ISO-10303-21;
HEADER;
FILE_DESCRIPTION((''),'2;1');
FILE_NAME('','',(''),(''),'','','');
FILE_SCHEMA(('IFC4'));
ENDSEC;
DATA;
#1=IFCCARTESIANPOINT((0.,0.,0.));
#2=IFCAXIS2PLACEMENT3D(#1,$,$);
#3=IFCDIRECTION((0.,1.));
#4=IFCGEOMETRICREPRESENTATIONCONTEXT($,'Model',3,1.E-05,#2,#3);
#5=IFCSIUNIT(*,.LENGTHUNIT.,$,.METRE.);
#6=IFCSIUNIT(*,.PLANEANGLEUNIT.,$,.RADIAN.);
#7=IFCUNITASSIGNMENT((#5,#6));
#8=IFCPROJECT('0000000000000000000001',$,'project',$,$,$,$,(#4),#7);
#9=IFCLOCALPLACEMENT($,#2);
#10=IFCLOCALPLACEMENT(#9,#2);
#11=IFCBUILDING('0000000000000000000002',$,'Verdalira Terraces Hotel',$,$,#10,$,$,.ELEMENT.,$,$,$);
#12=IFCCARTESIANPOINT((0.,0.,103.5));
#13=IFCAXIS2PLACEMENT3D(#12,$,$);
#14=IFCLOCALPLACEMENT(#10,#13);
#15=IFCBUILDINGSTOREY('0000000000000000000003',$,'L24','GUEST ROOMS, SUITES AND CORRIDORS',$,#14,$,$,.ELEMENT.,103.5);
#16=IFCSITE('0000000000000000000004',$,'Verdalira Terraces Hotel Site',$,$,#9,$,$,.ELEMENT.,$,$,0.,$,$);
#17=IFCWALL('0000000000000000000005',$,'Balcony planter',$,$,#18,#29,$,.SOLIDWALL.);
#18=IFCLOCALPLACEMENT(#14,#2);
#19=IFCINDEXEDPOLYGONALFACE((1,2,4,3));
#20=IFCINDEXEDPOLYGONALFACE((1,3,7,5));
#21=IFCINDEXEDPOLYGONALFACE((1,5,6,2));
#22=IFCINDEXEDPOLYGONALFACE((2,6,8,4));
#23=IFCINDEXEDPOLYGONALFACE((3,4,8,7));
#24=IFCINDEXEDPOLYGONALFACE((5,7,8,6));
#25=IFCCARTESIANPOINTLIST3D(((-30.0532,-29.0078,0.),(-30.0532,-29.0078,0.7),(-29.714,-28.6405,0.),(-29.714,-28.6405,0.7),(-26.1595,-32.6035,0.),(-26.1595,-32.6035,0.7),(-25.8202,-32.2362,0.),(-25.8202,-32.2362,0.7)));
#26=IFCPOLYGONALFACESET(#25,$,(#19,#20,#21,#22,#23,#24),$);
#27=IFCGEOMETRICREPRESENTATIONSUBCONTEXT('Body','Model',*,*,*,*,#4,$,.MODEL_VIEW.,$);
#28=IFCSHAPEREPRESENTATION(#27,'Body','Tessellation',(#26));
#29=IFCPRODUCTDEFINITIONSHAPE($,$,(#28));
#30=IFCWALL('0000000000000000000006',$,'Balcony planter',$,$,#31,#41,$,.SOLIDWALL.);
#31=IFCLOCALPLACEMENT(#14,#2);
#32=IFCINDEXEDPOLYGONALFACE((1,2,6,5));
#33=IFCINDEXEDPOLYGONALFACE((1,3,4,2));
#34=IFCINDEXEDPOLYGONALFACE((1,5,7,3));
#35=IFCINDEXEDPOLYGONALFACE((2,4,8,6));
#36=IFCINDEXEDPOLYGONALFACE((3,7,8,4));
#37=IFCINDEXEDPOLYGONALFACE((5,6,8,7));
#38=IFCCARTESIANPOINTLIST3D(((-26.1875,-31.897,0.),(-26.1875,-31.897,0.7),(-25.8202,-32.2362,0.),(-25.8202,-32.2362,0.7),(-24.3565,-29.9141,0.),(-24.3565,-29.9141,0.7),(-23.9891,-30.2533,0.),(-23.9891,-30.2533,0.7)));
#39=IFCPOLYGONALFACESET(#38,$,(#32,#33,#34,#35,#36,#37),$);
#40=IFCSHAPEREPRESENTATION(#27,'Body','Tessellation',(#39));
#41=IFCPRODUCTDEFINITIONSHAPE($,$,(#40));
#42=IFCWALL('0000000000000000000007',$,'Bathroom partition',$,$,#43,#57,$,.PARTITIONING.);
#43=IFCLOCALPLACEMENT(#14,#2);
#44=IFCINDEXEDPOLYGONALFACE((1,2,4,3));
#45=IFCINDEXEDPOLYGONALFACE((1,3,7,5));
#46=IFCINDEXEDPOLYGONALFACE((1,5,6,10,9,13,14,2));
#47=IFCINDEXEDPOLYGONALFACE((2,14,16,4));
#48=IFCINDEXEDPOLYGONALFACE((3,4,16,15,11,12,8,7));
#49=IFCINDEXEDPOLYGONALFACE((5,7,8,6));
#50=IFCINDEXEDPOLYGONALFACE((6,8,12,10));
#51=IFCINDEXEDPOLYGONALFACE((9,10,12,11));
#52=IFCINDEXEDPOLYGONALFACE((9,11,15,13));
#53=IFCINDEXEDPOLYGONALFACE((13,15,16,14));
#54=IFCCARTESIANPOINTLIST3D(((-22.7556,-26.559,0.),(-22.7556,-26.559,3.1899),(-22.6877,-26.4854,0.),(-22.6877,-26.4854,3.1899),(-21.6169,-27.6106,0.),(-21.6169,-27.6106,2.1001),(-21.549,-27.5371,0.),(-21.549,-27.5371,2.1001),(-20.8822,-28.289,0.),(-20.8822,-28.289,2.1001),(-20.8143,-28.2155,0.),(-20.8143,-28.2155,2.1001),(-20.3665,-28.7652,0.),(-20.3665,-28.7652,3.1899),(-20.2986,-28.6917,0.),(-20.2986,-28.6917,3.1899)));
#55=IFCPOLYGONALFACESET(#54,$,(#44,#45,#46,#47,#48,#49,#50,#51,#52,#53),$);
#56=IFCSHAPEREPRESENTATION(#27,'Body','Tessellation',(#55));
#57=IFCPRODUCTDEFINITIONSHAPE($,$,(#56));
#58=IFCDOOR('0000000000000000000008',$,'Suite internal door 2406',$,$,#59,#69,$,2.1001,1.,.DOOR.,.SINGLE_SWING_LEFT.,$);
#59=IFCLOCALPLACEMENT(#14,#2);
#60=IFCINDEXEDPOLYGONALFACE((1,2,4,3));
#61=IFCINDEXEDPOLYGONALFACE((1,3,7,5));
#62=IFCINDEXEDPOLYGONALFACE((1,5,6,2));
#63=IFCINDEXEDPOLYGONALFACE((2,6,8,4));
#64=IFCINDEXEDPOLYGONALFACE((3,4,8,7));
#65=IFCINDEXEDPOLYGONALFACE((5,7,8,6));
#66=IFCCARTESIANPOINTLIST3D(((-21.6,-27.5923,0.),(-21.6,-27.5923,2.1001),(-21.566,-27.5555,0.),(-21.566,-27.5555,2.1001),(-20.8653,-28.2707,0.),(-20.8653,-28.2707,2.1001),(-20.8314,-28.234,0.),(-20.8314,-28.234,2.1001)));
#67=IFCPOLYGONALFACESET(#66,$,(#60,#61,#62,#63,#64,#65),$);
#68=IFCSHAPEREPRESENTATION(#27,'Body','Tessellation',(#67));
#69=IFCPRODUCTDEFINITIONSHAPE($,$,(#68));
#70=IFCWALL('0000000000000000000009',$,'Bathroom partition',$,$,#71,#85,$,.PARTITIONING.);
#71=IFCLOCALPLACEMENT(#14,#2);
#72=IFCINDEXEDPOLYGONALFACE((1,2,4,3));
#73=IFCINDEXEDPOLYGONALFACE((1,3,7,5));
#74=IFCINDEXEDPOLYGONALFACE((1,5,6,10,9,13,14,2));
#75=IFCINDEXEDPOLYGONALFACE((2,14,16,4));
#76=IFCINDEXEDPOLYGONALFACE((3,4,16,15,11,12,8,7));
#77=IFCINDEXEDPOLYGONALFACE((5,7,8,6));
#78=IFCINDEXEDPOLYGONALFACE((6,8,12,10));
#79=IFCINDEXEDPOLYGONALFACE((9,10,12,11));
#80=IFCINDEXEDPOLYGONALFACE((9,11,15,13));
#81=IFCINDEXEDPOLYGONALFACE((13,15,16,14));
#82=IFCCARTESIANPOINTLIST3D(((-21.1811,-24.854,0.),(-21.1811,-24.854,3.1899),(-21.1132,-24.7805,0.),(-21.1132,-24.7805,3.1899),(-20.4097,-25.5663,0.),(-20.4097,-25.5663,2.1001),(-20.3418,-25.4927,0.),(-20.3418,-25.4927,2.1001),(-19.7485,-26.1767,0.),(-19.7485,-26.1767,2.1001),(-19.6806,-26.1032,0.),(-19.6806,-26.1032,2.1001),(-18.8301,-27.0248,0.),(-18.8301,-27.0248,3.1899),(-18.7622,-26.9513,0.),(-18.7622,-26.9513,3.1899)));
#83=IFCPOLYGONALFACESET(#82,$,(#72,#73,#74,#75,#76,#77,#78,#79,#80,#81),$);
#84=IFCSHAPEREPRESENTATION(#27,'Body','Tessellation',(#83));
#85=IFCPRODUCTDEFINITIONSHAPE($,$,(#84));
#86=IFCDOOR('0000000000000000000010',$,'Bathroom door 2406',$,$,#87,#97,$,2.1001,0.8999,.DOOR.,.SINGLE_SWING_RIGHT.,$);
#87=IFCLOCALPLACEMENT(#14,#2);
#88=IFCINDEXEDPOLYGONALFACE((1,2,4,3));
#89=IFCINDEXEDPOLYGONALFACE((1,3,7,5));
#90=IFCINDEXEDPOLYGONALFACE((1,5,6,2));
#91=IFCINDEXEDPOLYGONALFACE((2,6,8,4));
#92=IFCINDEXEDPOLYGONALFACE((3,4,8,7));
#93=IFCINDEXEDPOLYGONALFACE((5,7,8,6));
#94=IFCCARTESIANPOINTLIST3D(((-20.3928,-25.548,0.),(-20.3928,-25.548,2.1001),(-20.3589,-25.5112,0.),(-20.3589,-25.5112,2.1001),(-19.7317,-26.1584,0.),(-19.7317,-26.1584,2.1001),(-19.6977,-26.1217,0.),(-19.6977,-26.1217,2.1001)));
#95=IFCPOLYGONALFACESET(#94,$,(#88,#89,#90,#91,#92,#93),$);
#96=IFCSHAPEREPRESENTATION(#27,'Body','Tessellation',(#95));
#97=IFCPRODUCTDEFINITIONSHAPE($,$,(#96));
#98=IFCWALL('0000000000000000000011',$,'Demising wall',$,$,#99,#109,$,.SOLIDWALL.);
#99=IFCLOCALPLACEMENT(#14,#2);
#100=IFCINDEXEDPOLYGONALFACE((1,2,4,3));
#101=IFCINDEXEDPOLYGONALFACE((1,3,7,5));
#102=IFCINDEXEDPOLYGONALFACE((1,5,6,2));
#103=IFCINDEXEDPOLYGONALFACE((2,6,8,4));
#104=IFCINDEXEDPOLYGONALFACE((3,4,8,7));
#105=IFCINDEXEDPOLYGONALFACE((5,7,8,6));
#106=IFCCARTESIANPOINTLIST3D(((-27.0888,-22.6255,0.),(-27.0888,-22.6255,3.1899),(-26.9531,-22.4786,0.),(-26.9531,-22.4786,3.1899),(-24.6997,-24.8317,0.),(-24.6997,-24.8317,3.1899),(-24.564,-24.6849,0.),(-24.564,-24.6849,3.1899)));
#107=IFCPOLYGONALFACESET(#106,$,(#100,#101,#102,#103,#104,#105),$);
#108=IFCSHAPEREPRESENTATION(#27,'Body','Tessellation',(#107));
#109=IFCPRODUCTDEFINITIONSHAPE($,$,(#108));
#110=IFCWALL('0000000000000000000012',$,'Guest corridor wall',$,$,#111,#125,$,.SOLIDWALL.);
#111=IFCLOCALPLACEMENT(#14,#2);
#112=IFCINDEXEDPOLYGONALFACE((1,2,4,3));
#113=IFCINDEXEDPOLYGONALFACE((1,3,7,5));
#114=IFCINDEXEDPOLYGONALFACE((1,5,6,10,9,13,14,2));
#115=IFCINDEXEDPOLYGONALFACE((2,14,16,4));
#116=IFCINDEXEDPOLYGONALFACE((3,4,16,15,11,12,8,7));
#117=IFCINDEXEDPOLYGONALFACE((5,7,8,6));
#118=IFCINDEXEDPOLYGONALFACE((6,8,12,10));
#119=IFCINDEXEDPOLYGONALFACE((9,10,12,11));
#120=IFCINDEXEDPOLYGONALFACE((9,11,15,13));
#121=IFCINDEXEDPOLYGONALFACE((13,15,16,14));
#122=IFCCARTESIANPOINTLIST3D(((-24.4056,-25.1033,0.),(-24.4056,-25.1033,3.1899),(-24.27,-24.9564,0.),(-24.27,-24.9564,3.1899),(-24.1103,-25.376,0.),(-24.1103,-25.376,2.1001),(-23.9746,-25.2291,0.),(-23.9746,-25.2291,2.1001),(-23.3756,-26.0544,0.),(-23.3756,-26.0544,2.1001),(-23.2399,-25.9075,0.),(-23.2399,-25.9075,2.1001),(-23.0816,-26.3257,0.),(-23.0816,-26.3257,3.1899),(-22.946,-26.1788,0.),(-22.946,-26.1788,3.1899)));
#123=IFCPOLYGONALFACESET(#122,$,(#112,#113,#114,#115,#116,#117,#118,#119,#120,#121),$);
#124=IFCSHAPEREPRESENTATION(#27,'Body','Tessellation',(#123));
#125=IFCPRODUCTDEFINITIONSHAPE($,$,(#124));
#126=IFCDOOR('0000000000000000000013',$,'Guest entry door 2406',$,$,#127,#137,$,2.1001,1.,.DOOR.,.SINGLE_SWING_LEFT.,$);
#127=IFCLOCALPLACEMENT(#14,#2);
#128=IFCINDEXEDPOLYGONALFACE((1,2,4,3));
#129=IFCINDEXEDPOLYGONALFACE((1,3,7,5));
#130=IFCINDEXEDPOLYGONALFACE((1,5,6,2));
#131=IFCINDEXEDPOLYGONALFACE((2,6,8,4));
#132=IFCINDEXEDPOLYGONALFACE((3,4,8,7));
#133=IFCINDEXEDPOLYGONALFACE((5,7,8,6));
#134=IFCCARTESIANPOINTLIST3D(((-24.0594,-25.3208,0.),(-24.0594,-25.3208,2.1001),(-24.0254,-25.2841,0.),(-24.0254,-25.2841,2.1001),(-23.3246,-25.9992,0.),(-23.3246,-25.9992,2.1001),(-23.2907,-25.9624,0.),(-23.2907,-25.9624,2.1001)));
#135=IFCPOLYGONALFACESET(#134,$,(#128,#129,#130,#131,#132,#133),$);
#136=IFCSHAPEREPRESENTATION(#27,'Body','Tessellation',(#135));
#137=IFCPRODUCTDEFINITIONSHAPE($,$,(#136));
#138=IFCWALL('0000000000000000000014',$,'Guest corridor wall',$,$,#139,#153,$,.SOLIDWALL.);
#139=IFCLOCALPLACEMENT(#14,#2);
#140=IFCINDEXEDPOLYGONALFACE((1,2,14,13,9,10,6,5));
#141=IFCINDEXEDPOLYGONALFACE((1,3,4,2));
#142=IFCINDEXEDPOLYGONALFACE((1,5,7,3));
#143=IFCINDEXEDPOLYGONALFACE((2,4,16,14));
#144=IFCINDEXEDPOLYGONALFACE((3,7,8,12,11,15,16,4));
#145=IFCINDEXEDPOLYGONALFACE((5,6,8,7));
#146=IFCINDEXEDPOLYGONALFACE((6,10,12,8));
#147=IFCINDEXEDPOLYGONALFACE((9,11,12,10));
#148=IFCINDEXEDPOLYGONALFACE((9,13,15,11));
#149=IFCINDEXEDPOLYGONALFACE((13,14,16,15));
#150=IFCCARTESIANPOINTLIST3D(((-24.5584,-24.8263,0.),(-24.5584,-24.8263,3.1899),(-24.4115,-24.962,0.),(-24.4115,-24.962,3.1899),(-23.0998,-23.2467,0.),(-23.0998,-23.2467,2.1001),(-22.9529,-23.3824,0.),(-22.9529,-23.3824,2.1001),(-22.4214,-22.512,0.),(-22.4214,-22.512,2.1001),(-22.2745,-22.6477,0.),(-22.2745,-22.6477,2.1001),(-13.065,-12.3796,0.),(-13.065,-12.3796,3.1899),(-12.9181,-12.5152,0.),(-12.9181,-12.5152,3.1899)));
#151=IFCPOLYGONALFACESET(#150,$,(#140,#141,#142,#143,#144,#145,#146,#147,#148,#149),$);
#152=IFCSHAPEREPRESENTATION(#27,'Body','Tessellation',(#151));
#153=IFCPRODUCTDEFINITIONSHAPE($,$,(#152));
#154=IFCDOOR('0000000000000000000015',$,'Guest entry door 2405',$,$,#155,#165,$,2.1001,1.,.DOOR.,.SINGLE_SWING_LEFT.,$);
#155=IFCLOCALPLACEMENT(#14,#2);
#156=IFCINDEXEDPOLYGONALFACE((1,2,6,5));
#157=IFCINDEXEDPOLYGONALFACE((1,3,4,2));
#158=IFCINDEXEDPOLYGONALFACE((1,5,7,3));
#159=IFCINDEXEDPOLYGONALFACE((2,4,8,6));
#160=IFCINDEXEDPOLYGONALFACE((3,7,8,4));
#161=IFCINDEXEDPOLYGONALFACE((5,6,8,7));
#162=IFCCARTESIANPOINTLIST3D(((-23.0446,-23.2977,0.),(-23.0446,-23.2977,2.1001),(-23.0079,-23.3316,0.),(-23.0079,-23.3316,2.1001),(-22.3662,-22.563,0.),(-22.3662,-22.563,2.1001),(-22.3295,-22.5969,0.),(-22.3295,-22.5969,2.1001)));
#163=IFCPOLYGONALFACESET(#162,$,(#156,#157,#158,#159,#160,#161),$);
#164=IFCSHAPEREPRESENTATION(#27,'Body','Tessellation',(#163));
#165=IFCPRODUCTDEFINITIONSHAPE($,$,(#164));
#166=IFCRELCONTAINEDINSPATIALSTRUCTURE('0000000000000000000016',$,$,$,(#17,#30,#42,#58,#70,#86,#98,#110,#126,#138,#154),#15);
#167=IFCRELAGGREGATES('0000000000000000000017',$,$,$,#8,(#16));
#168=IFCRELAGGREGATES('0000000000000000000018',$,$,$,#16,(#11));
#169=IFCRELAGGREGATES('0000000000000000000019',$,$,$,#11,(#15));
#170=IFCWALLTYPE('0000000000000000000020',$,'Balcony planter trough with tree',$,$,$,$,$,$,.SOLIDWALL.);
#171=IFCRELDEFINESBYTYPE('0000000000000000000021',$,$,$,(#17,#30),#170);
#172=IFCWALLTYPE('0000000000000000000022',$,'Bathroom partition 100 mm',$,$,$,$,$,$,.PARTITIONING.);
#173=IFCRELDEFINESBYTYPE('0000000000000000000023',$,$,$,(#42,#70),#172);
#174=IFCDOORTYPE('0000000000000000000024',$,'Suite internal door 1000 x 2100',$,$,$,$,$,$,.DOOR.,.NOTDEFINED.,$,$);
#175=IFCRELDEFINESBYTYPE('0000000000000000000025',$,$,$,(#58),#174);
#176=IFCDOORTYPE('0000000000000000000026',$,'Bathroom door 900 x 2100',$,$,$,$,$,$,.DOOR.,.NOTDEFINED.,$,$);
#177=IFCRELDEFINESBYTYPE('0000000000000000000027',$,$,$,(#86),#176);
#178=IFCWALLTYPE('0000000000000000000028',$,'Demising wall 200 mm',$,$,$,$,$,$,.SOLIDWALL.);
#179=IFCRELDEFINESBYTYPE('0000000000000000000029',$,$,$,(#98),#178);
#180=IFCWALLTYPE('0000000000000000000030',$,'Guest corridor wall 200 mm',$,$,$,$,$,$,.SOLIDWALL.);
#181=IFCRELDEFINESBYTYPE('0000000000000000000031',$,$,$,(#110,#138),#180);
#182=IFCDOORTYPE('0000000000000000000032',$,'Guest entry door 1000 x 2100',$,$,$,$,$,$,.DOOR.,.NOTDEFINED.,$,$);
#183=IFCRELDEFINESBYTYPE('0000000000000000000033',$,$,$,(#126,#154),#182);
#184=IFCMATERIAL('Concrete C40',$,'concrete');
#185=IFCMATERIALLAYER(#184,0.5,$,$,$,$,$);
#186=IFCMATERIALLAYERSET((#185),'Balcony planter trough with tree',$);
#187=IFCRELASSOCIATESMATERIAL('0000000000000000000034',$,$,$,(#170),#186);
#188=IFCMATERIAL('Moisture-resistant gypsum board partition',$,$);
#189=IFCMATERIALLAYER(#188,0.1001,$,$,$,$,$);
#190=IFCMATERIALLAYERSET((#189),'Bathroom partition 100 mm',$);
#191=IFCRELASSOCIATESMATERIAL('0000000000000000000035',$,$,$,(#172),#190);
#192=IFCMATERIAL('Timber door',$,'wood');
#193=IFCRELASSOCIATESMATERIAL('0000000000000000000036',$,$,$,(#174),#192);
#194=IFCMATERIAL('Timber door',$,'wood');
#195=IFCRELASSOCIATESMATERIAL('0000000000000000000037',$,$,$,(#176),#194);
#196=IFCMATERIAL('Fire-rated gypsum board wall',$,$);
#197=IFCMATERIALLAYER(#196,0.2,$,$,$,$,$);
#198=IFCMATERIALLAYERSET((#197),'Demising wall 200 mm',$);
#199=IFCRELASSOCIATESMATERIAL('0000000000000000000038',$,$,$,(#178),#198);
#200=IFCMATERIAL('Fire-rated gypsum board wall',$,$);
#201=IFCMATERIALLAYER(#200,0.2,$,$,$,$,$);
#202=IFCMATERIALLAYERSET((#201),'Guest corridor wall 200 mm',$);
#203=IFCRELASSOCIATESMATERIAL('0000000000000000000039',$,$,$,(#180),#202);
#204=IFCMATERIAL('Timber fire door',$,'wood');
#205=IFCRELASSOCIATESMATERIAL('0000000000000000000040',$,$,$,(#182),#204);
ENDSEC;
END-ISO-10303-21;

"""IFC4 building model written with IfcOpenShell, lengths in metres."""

from ifc_helpers import new_model, si_unit, direction, frame, frame_2d, origin, place, context, subcontext, project, spatial, rectangle, extrude, material, layer, layer_set, type_object, element, fill, save


model = new_model("IFC4")

# Units and contexts
model_context = context("Model", 3, precision=1e-05, world=origin(), true_north=direction((0.0, 1.0)))
body_context = subcontext(model_context, "Body", "Model", "MODEL_VIEW")
ifc_project = project(units=[si_unit("LENGTHUNIT", "METRE"), si_unit("PLANEANGLEUNIT", "RADIAN")], contexts=[model_context])

# Site, building, storey
site_placement = place(None, origin())
site = spatial("IfcSite", under=ifc_project, at=site_placement, Name="Verdalira Terraces Hotel Site", CompositionType="ELEMENT", RefElevation=0.0)
building_placement = place(site_placement, origin())
building = spatial("IfcBuilding", under=site, at=building_placement, Name="Verdalira Terraces Hotel", CompositionType="ELEMENT")
storey_placement = place(building_placement, frame((0.0, 0.0, 103.5)))
storey = spatial("IfcBuildingStorey", under=building, at=storey_placement, Name="L24", Description="GUEST ROOMS, SUITES AND CORRIDORS", CompositionType="ELEMENT", Elevation=103.5)

# Walls
ifc_material_1 = material(Name="Concrete C40", Category="concrete")
ifc_layer_1 = layer(ifc_material_1, 0.5)
ifc_layer_set_1 = layer_set([ifc_layer_1], Name="Balcony planter trough with tree")
wall_type_1 = type_object("IfcWallType", Name="Balcony planter trough with tree", PredefinedType="SOLIDWALL", material=ifc_layer_set_1)
wall_1_placement = place(storey_placement, frame((-29.8835, -28.8242, 0.0), z_axis=(0.0, 0.0, 1.0), x_axis=(0.734669, -0.678425, 0.0)))
element("IfcWall", 1, at=wall_1_placement, inside=storey, type_object=wall_type_1, Name="Balcony planter", PredefinedType="SOLIDWALL", context=body_context, shape_type="SweptSolid", body=[
    extrude(rectangle(XDim=5.3, YDim=0.5, at=frame_2d((2.6499, 0.0))), origin(), (0.0, 0.0, 1.0), 0.7),
])
wall_2_placement = place(storey_placement, frame((-26.0039, -32.0667, 0.0), z_axis=(0.0, 0.0, 1.0), x_axis=(0.678415, 0.734679, 0.0)))
element("IfcWall", 2, at=wall_2_placement, inside=storey, type_object=wall_type_1, Name="Balcony planter", PredefinedType="SOLIDWALL", context=body_context, shape_type="SweptSolid", body=[
    extrude(rectangle(XDim=2.699, YDim=0.5, at=frame_2d((1.3496, 0.0))), origin(), (0.0, 0.0, 1.0), 0.7),
])

# Walls, openings, doors
ifc_material_2 = material(Name="Moisture-resistant gypsum board partition")
ifc_layer_2 = layer(ifc_material_2, 0.1001)
ifc_layer_set_2 = layer_set([ifc_layer_2], Name="Bathroom partition 100 mm")
wall_type_2 = type_object("IfcWallType", Name="Bathroom partition 100 mm", PredefinedType="PARTITIONING", material=ifc_layer_set_2)
wall_3_placement = place(storey_placement, frame((-22.7217, -26.5222, 0.0), z_axis=(0.0, 0.0, 1.0), x_axis=(0.734662, -0.678433, 0.0)))
wall_3 = element("IfcWall", 3, at=wall_3_placement, inside=storey, type_object=wall_type_2, Name="Bathroom partition", PredefinedType="PARTITIONING", context=body_context, shape_type="SweptSolid", body=[
    extrude(rectangle(XDim=3.252, YDim=0.1001, at=frame_2d((1.626, 0.0))), origin(), (0.0, 0.0, 1.0), 3.1899),
])
opening_1_placement = place(wall_3_placement, frame((1.55, 0.0, 0.0)))
opening_1 = element("IfcOpeningElement", 4, at=opening_1_placement, cuts=wall_3, PredefinedType="OPENING", context=body_context, shape_type="SweptSolid", body=[
    extrude(rectangle(XDim=1.0, YDim=2.1001, at=frame_2d((0.5, 1.05))), frame((0.0, 0.0601, 0.0), z_axis=(0.0, -1.0, 0.0), x_axis=(1.0, 0.0, 0.0)), (0.0, 0.0, 1.0), 0.1201),
])
ifc_material_3 = material(Name="Timber door", Category="wood")
door_type_1 = type_object("IfcDoorType", Name="Suite internal door 1000 x 2100", OperationType="NOTDEFINED", PredefinedType="DOOR", material=ifc_material_3)
door_1_placement = place(opening_1_placement, origin())
door_1 = element("IfcDoor", 5, at=door_1_placement, inside=storey, type_object=door_type_1, Name="Suite internal door 2406", OperationType="SINGLE_SWING_LEFT", OverallHeight=2.1001, OverallWidth=1.0, PredefinedType="DOOR", context=body_context, shape_type="SweptSolid", body=[
    extrude(rectangle(XDim=1.0, YDim=2.1001, at=frame_2d((0.5, 1.05))), frame((0.0, 0.0249, 0.0), z_axis=(0.0, -1.0, 0.0), x_axis=(1.0, 0.0, 0.0)), (0.0, 0.0, 1.0), 0.05),
])
fill(opening_1, door_1)
wall_4_placement = place(storey_placement, frame((-21.1472, -24.8171, 0.0), z_axis=(0.0, 0.0, 1.0), x_axis=(0.734698, -0.678394, 0.0)))
wall_4 = element("IfcWall", 6, at=wall_4_placement, inside=storey, type_object=wall_type_2, Name="Bathroom partition", PredefinedType="PARTITIONING", context=body_context, shape_type="SweptSolid", body=[
    extrude(rectangle(XDim=3.2, YDim=0.1001, at=frame_2d((1.6001, 0.0))), origin(), (0.0, 0.0, 1.0), 3.1899),
])
opening_2_placement = place(wall_4_placement, frame((1.05, 0.0, 0.0)))
opening_2 = element("IfcOpeningElement", 7, at=opening_2_placement, cuts=wall_4, PredefinedType="OPENING", context=body_context, shape_type="SweptSolid", body=[
    extrude(rectangle(XDim=0.8999, YDim=2.1001, at=frame_2d((0.45, 1.05))), frame((0.0, 0.0601, 0.0), z_axis=(0.0, -1.0, 0.0), x_axis=(1.0, 0.0, 0.0)), (0.0, 0.0, 1.0), 0.1201),
])
ifc_material_4 = material(Name="Timber door", Category="wood")
door_type_2 = type_object("IfcDoorType", Name="Bathroom door 900 x 2100", OperationType="NOTDEFINED", PredefinedType="DOOR", material=ifc_material_4)
door_2_placement = place(opening_2_placement, origin())
door_2 = element("IfcDoor", 8, at=door_2_placement, inside=storey, type_object=door_type_2, Name="Bathroom door 2406", OperationType="SINGLE_SWING_RIGHT", OverallHeight=2.1001, OverallWidth=0.8999, PredefinedType="DOOR", context=body_context, shape_type="SweptSolid", body=[
    extrude(rectangle(XDim=0.8999, YDim=2.1001, at=frame_2d((0.45, 1.05))), frame((0.0, 0.0249, 0.0), z_axis=(0.0, -1.0, 0.0), x_axis=(1.0, 0.0, 0.0)), (0.0, 0.0, 1.0), 0.05),
])
fill(opening_2, door_2)

# Wall
ifc_material_5 = material(Name="Fire-rated gypsum board wall")
ifc_layer_3 = layer(ifc_material_5, 0.2)
ifc_layer_set_3 = layer_set([ifc_layer_3], Name="Demising wall 200 mm")
wall_type_3 = type_object("IfcWallType", Name="Demising wall 200 mm", PredefinedType="SOLIDWALL", material=ifc_layer_set_3)
wall_5_placement = place(storey_placement, frame((-24.6318, -24.7583, 0.0), z_axis=(0.0, 0.0, 1.0), x_axis=(-0.734662, 0.678433, 0.0)))
element("IfcWall", 9, at=wall_5_placement, inside=storey, type_object=wall_type_3, Name="Demising wall", PredefinedType="SOLIDWALL", context=body_context, shape_type="SweptSolid", body=[
    extrude(rectangle(XDim=3.252, YDim=0.2, at=frame_2d((1.626, 0.0))), origin(), (0.0, 0.0, 1.0), 3.1899),
])

# Walls, openings, doors
ifc_material_6 = material(Name="Fire-rated gypsum board wall")
ifc_layer_4 = layer(ifc_material_6, 0.2)
ifc_layer_set_4 = layer_set([ifc_layer_4], Name="Guest corridor wall 200 mm")
wall_type_4 = type_object("IfcWallType", Name="Guest corridor wall 200 mm", PredefinedType="SOLIDWALL", material=ifc_layer_set_4)
wall_6_placement = place(storey_placement, frame((-23.0139, -26.2522, 0.0), z_axis=(0.0, 0.0, 1.0), x_axis=(-0.734726, 0.678365, 0.0)))
wall_6 = element("IfcWall", 10, at=wall_6_placement, inside=storey, type_object=wall_type_4, Name="Guest corridor wall", PredefinedType="SOLIDWALL", context=body_context, shape_type="SweptSolid", body=[
    extrude(rectangle(XDim=1.802, YDim=0.2, at=frame_2d((0.9009, 0.0))), origin(), (0.0, 0.0, 1.0), 3.1899),
])
opening_3_placement = place(wall_6_placement, frame((0.3999, 0.0, 0.0)))
opening_3 = element("IfcOpeningElement", 11, at=opening_3_placement, cuts=wall_6, PredefinedType="OPENING", context=body_context, shape_type="SweptSolid", body=[
    extrude(rectangle(XDim=1.0, YDim=2.1001, at=frame_2d((0.5, 1.05))), frame((0.0, 0.1099, 0.0), z_axis=(0.0, -1.0, 0.0), x_axis=(1.0, 0.0, 0.0)), (0.0, 0.0, 1.0), 0.22),
])
ifc_material_7 = material(Name="Timber fire door", Category="wood")
door_type_3 = type_object("IfcDoorType", Name="Guest entry door 1000 x 2100", OperationType="NOTDEFINED", PredefinedType="DOOR", material=ifc_material_7)
door_3_placement = place(opening_3_placement, origin())
door_3 = element("IfcDoor", 12, at=door_3_placement, inside=storey, type_object=door_type_3, Name="Guest entry door 2406", OperationType="SINGLE_SWING_LEFT", OverallHeight=2.1001, OverallWidth=1.0, PredefinedType="DOOR", context=body_context, shape_type="SweptSolid", body=[
    extrude(rectangle(XDim=1.0, YDim=2.1001, at=frame_2d((0.5, 1.05))), frame((0.0, 0.0249, 0.0), z_axis=(0.0, -1.0, 0.0), x_axis=(1.0, 0.0, 0.0)), (0.0, 0.0, 1.0), 0.05),
])
fill(opening_3, door_3)
wall_7_placement = place(storey_placement, frame((-24.4849, -24.894, 0.0), z_axis=(0.0, 0.0, 1.0), x_axis=(0.67841, 0.734684, 0.0)))
wall_7 = element("IfcWall", 13, at=wall_7_placement, inside=storey, type_object=wall_type_4, Name="Guest corridor wall", PredefinedType="SOLIDWALL", context=body_context, shape_type="SweptSolid", body=[
    extrude(rectangle(XDim=16.9416, YDim=0.2, at=frame_2d((8.4707, 0.0))), origin(), (0.0, 0.0, 1.0), 3.1899),
])
opening_4_placement = place(wall_7_placement, frame((2.1499, 0.0, 0.0)))
opening_4 = element("IfcOpeningElement", 14, at=opening_4_placement, cuts=wall_7, PredefinedType="OPENING", context=body_context, shape_type="SweptSolid", body=[
    extrude(rectangle(XDim=1.0, YDim=2.1001, at=frame_2d((0.5, 1.05))), frame((0.0, 0.1099, 0.0), z_axis=(0.0, -1.0, 0.0), x_axis=(1.0, 0.0, 0.0)), (0.0, 0.0, 1.0), 0.22),
])
door_4_placement = place(opening_4_placement, origin())
door_4 = element("IfcDoor", 15, at=door_4_placement, inside=storey, type_object=door_type_3, Name="Guest entry door 2405", OperationType="SINGLE_SWING_LEFT", OverallHeight=2.1001, OverallWidth=1.0, PredefinedType="DOOR", context=body_context, shape_type="SweptSolid", body=[
    extrude(rectangle(XDim=1.0, YDim=2.1001, at=frame_2d((0.5, 1.05))), frame((0.0, 0.0249, 0.0), z_axis=(0.0, -1.0, 0.0), x_axis=(1.0, 0.0, 0.0)), (0.0, 0.0, 1.0), 0.05),
])
fill(opening_4, door_4)

save(model, "model.ifc")
